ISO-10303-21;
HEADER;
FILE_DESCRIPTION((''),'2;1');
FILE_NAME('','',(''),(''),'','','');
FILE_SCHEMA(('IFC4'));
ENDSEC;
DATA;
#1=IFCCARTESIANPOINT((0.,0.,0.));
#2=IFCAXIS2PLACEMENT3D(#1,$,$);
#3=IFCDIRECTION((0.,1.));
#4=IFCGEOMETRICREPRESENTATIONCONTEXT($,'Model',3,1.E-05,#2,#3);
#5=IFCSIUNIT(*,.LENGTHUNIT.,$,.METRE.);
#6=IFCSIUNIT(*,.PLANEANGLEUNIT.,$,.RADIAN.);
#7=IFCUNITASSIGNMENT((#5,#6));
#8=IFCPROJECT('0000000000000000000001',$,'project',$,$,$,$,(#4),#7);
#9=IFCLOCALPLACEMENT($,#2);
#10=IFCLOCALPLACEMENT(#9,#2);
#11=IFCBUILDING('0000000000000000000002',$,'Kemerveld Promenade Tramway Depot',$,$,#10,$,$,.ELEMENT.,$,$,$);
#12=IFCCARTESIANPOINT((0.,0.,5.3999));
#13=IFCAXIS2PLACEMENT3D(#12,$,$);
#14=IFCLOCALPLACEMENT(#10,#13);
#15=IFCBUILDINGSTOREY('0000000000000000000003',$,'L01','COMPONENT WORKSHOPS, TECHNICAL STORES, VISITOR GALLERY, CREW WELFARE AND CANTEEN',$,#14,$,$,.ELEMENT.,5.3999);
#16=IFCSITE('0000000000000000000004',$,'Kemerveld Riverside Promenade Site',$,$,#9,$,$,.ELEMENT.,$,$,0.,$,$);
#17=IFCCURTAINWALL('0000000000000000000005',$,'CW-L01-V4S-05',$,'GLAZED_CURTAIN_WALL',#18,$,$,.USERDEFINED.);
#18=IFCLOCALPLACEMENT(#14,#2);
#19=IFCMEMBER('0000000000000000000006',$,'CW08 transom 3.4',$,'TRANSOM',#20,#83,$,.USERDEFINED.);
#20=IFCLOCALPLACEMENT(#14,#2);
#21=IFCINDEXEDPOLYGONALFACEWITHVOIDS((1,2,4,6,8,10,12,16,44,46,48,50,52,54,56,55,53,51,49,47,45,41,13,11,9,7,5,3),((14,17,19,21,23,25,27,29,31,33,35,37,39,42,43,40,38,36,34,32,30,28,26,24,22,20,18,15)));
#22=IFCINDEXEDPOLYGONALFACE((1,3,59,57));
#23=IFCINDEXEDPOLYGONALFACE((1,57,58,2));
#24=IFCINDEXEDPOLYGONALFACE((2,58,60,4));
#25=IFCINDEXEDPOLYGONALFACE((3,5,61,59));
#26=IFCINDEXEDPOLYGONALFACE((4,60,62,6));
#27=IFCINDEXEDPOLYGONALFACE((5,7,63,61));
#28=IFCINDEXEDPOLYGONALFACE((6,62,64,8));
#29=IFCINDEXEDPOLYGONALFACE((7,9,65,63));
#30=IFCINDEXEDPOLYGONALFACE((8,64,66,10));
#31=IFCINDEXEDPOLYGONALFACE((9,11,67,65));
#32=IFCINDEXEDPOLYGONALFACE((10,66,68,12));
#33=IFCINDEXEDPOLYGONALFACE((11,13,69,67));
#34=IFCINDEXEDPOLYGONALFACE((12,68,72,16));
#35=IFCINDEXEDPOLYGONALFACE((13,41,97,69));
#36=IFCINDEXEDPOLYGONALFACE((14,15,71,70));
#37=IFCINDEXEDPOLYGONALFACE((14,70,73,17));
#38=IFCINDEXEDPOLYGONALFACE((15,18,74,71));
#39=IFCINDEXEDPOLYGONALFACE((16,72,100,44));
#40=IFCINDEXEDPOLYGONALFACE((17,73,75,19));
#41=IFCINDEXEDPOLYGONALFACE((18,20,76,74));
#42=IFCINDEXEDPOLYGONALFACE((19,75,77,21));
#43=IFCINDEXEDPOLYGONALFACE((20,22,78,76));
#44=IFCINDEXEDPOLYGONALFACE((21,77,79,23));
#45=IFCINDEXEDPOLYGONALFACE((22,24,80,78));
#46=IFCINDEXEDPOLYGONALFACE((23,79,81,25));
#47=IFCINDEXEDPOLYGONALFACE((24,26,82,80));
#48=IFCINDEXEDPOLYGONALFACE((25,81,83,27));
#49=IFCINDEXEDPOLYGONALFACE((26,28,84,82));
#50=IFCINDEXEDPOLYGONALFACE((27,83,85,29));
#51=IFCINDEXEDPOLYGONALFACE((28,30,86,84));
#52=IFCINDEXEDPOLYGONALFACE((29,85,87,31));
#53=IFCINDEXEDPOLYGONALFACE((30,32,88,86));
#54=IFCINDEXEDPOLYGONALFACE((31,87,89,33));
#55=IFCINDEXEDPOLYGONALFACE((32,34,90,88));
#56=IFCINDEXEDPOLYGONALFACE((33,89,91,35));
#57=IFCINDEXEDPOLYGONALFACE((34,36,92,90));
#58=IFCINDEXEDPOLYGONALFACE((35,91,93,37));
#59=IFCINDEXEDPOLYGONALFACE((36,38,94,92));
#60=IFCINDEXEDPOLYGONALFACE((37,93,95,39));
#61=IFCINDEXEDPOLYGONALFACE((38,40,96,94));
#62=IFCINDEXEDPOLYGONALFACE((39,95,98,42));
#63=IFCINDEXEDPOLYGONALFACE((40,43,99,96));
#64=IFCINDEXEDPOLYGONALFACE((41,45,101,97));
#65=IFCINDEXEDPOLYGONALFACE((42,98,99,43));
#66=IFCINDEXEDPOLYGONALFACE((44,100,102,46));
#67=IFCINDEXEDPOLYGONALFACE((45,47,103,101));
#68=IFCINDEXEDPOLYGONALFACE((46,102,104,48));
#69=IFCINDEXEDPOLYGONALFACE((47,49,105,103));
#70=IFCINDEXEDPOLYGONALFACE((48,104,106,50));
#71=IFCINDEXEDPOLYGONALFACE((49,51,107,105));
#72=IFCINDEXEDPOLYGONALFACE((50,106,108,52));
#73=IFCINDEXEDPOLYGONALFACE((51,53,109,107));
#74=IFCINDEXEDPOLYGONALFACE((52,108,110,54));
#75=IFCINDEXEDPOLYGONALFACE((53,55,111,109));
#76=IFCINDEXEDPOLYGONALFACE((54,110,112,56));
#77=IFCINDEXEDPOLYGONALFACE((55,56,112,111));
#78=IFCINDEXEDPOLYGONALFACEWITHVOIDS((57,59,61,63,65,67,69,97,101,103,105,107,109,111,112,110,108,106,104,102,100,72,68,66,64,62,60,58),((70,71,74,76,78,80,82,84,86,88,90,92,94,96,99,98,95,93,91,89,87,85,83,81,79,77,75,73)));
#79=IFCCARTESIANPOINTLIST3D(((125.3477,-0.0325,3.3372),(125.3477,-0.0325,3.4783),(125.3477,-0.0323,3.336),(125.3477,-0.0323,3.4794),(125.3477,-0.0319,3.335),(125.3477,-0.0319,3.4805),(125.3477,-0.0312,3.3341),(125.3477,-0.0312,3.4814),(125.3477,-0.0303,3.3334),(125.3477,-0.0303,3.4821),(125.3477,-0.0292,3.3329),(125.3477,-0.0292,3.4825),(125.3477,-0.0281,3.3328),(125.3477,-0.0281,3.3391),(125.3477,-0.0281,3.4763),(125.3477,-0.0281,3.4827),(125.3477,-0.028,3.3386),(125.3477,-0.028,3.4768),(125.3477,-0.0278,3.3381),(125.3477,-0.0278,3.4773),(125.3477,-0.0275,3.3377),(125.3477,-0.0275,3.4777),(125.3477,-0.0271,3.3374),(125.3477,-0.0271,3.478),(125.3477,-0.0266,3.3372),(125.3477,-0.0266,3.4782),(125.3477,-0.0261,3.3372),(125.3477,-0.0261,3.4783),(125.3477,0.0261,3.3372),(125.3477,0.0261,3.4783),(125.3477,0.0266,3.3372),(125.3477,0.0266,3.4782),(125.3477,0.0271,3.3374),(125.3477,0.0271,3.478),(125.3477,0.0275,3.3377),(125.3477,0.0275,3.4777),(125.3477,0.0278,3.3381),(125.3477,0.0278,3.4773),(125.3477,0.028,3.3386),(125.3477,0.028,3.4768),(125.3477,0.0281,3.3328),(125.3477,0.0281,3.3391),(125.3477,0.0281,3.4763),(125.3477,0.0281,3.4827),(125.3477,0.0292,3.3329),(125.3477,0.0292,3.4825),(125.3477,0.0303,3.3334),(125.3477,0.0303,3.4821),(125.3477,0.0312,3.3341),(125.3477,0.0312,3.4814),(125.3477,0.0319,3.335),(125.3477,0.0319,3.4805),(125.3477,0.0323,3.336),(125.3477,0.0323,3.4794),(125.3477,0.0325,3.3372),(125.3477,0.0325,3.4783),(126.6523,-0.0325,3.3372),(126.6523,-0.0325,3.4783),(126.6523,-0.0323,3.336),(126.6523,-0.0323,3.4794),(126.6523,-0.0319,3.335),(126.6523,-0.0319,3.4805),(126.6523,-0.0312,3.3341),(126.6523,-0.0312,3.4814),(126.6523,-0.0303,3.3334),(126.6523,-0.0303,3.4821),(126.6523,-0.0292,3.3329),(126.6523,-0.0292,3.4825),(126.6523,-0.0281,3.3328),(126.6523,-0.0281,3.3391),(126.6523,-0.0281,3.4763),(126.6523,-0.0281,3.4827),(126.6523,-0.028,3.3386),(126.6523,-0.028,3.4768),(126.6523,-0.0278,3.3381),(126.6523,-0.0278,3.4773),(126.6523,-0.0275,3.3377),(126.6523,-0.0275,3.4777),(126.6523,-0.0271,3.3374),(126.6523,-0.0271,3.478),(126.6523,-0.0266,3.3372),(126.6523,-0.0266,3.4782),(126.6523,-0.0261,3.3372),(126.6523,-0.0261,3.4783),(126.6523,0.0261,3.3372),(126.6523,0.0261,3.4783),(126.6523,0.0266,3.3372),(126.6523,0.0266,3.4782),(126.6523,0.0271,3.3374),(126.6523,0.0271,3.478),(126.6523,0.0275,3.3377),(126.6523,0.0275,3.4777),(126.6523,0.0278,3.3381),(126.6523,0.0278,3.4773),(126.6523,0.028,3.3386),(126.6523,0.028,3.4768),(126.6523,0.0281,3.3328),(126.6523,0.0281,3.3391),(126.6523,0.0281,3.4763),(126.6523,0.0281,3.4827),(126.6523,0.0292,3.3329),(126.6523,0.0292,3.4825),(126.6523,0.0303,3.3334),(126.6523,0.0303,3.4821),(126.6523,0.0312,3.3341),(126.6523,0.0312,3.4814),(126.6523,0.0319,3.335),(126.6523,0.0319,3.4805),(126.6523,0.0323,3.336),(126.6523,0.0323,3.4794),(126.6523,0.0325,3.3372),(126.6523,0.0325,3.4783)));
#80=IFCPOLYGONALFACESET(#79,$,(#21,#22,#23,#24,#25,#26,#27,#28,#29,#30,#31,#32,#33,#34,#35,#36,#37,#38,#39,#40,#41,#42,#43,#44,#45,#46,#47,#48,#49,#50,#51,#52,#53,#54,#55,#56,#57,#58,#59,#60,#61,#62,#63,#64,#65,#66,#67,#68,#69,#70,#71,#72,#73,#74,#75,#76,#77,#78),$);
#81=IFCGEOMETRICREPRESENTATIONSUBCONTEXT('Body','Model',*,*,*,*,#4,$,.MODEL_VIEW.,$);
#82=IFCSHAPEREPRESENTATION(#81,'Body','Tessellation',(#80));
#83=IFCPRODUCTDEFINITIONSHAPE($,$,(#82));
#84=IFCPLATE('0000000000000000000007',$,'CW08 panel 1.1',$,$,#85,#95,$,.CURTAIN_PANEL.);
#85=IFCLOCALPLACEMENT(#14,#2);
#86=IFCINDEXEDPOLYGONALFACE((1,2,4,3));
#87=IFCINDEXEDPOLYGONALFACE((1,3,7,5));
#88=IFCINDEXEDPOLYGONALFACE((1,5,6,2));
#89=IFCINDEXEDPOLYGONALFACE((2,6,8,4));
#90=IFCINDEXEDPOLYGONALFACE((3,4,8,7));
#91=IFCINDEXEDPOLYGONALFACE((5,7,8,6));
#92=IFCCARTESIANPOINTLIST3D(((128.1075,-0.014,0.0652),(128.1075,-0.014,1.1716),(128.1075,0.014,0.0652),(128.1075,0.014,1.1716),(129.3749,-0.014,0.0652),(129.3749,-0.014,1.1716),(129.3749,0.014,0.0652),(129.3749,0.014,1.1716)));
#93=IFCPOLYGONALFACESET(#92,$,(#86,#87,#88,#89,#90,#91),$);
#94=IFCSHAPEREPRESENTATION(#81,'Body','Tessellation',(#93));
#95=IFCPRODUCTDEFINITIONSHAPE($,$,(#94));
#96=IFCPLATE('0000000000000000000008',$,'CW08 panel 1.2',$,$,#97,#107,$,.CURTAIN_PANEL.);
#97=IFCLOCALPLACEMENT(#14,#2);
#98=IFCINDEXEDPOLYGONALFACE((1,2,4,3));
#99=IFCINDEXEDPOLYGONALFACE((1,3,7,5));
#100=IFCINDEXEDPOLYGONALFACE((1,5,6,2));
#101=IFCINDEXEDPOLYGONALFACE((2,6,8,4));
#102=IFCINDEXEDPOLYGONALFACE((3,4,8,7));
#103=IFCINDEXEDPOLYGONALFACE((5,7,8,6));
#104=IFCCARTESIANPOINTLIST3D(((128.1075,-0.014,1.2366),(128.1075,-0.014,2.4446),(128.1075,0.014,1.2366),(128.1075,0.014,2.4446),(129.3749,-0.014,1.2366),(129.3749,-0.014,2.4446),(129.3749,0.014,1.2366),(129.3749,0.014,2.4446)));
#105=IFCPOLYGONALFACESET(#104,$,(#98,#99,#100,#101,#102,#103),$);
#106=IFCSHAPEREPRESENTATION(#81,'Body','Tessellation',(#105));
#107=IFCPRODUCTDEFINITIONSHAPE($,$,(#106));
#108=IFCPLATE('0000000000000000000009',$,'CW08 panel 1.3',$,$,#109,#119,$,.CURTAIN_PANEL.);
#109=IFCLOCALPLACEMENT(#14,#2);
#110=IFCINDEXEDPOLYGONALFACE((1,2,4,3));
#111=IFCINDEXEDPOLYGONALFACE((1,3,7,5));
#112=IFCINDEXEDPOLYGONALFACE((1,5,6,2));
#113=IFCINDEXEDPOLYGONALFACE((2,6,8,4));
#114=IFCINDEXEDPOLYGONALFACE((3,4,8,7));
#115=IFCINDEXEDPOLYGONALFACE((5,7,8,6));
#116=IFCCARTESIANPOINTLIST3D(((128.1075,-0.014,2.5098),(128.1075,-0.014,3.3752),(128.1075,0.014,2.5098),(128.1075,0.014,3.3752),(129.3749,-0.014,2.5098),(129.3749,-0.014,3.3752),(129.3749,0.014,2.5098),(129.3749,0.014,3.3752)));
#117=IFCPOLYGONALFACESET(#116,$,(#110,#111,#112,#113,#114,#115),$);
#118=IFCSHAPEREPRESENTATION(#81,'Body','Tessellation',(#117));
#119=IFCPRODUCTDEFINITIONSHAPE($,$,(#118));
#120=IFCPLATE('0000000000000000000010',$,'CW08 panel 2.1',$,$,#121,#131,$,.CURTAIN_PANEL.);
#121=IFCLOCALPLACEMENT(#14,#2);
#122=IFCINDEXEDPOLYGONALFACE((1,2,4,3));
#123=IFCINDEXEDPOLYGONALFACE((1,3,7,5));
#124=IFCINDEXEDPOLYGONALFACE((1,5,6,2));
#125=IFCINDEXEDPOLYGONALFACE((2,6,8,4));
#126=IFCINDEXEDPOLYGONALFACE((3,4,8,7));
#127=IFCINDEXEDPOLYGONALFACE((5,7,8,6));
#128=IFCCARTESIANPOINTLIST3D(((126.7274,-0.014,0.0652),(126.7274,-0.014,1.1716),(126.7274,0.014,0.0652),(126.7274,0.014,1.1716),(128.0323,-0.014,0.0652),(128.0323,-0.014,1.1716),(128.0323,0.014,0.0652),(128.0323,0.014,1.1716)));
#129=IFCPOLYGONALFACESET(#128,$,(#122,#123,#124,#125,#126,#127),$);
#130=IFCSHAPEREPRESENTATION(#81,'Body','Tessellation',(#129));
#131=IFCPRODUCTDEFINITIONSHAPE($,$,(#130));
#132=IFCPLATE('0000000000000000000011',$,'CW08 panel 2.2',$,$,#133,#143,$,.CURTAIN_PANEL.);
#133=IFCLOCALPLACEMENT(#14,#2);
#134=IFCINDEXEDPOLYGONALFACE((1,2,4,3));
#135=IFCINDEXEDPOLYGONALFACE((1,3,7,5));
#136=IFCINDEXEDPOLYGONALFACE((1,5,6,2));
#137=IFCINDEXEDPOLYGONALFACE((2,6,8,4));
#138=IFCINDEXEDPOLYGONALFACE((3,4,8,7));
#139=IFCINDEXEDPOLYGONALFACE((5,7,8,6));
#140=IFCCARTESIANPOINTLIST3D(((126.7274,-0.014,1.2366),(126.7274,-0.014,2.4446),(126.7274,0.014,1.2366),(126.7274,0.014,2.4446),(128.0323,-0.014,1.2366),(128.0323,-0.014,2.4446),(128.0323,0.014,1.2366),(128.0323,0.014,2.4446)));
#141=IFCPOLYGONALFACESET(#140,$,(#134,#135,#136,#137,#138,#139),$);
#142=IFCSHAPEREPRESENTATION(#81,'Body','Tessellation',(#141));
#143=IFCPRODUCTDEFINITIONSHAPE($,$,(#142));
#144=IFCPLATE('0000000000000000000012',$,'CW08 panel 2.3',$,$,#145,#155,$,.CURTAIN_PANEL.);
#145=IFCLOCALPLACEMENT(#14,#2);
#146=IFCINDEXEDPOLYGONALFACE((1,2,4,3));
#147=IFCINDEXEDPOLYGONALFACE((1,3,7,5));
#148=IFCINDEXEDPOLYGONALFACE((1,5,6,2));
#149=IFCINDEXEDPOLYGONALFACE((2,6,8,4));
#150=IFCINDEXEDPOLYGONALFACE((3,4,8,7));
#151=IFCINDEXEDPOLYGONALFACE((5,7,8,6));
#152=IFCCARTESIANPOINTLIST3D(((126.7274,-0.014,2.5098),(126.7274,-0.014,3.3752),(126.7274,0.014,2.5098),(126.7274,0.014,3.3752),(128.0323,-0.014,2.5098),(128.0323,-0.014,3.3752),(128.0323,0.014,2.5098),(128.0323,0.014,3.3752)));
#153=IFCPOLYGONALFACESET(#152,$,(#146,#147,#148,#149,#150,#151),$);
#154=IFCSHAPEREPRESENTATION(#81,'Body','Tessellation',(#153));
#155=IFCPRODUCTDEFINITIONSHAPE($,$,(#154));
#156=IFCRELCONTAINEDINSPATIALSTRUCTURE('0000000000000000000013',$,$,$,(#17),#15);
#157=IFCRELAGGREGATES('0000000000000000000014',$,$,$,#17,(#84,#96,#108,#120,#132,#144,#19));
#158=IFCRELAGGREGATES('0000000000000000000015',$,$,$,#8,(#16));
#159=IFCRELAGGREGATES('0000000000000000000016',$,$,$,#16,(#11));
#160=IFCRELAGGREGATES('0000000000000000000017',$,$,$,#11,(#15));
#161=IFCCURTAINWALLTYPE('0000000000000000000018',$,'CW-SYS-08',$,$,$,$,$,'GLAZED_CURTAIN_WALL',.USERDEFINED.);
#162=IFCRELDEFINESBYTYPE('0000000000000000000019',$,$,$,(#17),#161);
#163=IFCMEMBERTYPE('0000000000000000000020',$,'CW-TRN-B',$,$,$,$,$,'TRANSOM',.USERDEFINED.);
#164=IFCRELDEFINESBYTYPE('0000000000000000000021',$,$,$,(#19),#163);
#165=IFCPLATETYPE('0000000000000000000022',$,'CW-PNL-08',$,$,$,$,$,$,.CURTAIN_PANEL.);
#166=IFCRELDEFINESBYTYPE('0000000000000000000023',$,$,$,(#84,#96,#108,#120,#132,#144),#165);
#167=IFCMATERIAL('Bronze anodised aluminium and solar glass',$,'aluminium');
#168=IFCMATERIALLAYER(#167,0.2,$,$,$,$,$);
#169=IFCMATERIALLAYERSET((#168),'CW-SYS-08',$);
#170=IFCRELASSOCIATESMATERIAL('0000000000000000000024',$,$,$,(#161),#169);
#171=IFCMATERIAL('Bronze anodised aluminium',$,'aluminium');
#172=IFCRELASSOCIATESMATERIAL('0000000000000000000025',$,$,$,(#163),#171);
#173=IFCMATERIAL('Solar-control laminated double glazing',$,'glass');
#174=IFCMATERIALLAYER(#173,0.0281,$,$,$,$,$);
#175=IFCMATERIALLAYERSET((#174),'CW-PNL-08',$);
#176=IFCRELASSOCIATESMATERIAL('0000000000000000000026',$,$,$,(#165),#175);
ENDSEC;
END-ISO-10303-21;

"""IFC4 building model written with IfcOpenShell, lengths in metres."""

from ifc_helpers import new_model, si_unit, direction, frame, origin, origin_2d, place, context, subcontext, project, spatial, rectangle, hollow_rectangle, extrude, material, layer, layer_set, material_profile, profile_set, type_object, element, aggregate, save


model = new_model("IFC4")

# Units and contexts
model_context = context("Model", 3, precision=1e-05, world=origin(), true_north=direction((0.0, 1.0)))
body_context = subcontext(model_context, "Body", "Model", "MODEL_VIEW")
ifc_project = project(units=[si_unit("LENGTHUNIT", "METRE"), si_unit("PLANEANGLEUNIT", "RADIAN")], contexts=[model_context])

# Site, building, storey
site_placement = place(None, origin())
site = spatial("IfcSite", under=ifc_project, at=site_placement, Name="Kemerveld Riverside Promenade Site", CompositionType="ELEMENT", RefElevation=0.0)
building_placement = place(site_placement, origin())
building = spatial("IfcBuilding", under=site, at=building_placement, Name="Kemerveld Promenade Tramway Depot", CompositionType="ELEMENT")
storey_placement = place(building_placement, frame((0.0, 0.0, 5.3999)))
storey = spatial("IfcBuildingStorey", under=building, at=storey_placement, Name="L01", Description="COMPONENT WORKSHOPS, TECHNICAL STORES, VISITOR GALLERY, CREW WELFARE AND CANTEEN", CompositionType="ELEMENT", Elevation=5.3999)

# Curtain wall, member, plates
ifc_material_1 = material(Name="Bronze anodised aluminium and solar glass", Category="aluminium")
ifc_layer_1 = layer(ifc_material_1, 0.2)
ifc_layer_set_1 = layer_set([ifc_layer_1], Name="CW-SYS-08")
curtain_wall_type = type_object("IfcCurtainWallType", Name="CW-SYS-08", ElementType="GLAZED_CURTAIN_WALL", PredefinedType="USERDEFINED", material=ifc_layer_set_1)
curtain_wall_placement = place(storey_placement, origin())
curtain_wall = element("IfcCurtainWall", 1, at=curtain_wall_placement, inside=storey, type_object=curtain_wall_type, Name="CW-L01-V4S-05", ObjectType="GLAZED_CURTAIN_WALL", PredefinedType="USERDEFINED")
ifc_material_2 = material(Name="Bronze anodised aluminium", Category="aluminium")
ifc_material_profile_1 = material_profile(ifc_material_2, hollow_rectangle(XDim=0.0649, YDim=0.1499, WallThickness=0.0044, InnerFilletRadius=0.002, OuterFilletRadius=0.0044, at=origin_2d()), Name="CW-TRN-150x65")
ifc_profile_set_1 = profile_set([ifc_material_profile_1], Name="Bronze anodised aluminium")
member_type_1 = type_object("IfcMemberType", Name="CW-TRN-B", ElementType="TRANSOM", PredefinedType="USERDEFINED", material=ifc_profile_set_1)
member_1_placement = place(storey_placement, frame((126.6523, 0.0, 3.4077), z_axis=(-1.0, 0.0, 0.0), x_axis=(0.0, -1.0, 0.0)))
member_1 = element("IfcMember", 2, at=member_1_placement, type_object=member_type_1, Name="CW08 transom 3.4", ObjectType="TRANSOM", PredefinedType="USERDEFINED", context=body_context, shape_type="SweptSolid", body=[
    extrude(hollow_rectangle(XDim=0.0649, YDim=0.1499, WallThickness=0.0044, InnerFilletRadius=0.002, OuterFilletRadius=0.0044, at=origin_2d()), origin(), (0.0, 0.0, 1.0), 1.3047),
])
ifc_material_3 = material(Name="Solar-control laminated double glazing", Category="glass")
ifc_layer_2 = layer(ifc_material_3, 0.0281)
ifc_layer_set_2 = layer_set([ifc_layer_2], Name="CW-PNL-08")
plate_type = type_object("IfcPlateType", Name="CW-PNL-08", PredefinedType="CURTAIN_PANEL", material=ifc_layer_set_2)
plate_1_placement = place(storey_placement, frame((128.7412, 0.0, 0.0652), z_axis=(0.0, 0.0, 1.0), x_axis=(-1.0, 0.0, 0.0)))
plate_1 = element("IfcPlate", 3, at=plate_1_placement, type_object=plate_type, Name="CW08 panel 1.1", PredefinedType="CURTAIN_PANEL", context=body_context, shape_type="SweptSolid", body=[
    extrude(rectangle(XDim=1.2673, YDim=0.0281, at=origin_2d()), origin(), (0.0, 0.0, 1.0), 1.1064),
])
plate_2_placement = place(storey_placement, frame((128.7412, 0.0, 1.2366), z_axis=(0.0, 0.0, 1.0), x_axis=(-1.0, 0.0, 0.0)))
plate_2 = element("IfcPlate", 4, at=plate_2_placement, type_object=plate_type, Name="CW08 panel 1.2", PredefinedType="CURTAIN_PANEL", context=body_context, shape_type="SweptSolid", body=[
    extrude(rectangle(XDim=1.2673, YDim=0.0281, at=origin_2d()), origin(), (0.0, 0.0, 1.0), 1.208),
])
plate_3_placement = place(storey_placement, frame((128.7412, 0.0, 2.5098), z_axis=(0.0, 0.0, 1.0), x_axis=(-1.0, 0.0, 0.0)))
plate_3 = element("IfcPlate", 5, at=plate_3_placement, type_object=plate_type, Name="CW08 panel 1.3", PredefinedType="CURTAIN_PANEL", context=body_context, shape_type="SweptSolid", body=[
    extrude(rectangle(XDim=1.2673, YDim=0.0281, at=origin_2d()), origin(), (0.0, 0.0, 1.0), 0.8655),
])
plate_4_placement = place(storey_placement, frame((127.3799, 0.0, 0.0652), z_axis=(0.0, 0.0, 1.0), x_axis=(-1.0, 0.0, 0.0)))
plate_4 = element("IfcPlate", 6, at=plate_4_placement, type_object=plate_type, Name="CW08 panel 2.1", PredefinedType="CURTAIN_PANEL", context=body_context, shape_type="SweptSolid", body=[
    extrude(rectangle(XDim=1.3049, YDim=0.0281, at=origin_2d()), origin(), (0.0, 0.0, 1.0), 1.1064),
])
plate_5_placement = place(storey_placement, frame((127.3799, 0.0, 1.2366), z_axis=(0.0, 0.0, 1.0), x_axis=(-1.0, 0.0, 0.0)))
plate_5 = element("IfcPlate", 7, at=plate_5_placement, type_object=plate_type, Name="CW08 panel 2.2", PredefinedType="CURTAIN_PANEL", context=body_context, shape_type="SweptSolid", body=[
    extrude(rectangle(XDim=1.3049, YDim=0.0281, at=origin_2d()), origin(), (0.0, 0.0, 1.0), 1.208),
])
plate_6_placement = place(storey_placement, frame((127.3799, 0.0, 2.5098), z_axis=(0.0, 0.0, 1.0), x_axis=(-1.0, 0.0, 0.0)))
plate_6 = element("IfcPlate", 8, at=plate_6_placement, type_object=plate_type, Name="CW08 panel 2.3", PredefinedType="CURTAIN_PANEL", context=body_context, shape_type="SweptSolid", body=[
    extrude(rectangle(XDim=1.3049, YDim=0.0281, at=origin_2d()), origin(), (0.0, 0.0, 1.0), 0.8655),
])
aggregate(curtain_wall, [plate_1, plate_2, plate_3, plate_4, plate_5, plate_6, member_1])

save(model, "model.ifc")
